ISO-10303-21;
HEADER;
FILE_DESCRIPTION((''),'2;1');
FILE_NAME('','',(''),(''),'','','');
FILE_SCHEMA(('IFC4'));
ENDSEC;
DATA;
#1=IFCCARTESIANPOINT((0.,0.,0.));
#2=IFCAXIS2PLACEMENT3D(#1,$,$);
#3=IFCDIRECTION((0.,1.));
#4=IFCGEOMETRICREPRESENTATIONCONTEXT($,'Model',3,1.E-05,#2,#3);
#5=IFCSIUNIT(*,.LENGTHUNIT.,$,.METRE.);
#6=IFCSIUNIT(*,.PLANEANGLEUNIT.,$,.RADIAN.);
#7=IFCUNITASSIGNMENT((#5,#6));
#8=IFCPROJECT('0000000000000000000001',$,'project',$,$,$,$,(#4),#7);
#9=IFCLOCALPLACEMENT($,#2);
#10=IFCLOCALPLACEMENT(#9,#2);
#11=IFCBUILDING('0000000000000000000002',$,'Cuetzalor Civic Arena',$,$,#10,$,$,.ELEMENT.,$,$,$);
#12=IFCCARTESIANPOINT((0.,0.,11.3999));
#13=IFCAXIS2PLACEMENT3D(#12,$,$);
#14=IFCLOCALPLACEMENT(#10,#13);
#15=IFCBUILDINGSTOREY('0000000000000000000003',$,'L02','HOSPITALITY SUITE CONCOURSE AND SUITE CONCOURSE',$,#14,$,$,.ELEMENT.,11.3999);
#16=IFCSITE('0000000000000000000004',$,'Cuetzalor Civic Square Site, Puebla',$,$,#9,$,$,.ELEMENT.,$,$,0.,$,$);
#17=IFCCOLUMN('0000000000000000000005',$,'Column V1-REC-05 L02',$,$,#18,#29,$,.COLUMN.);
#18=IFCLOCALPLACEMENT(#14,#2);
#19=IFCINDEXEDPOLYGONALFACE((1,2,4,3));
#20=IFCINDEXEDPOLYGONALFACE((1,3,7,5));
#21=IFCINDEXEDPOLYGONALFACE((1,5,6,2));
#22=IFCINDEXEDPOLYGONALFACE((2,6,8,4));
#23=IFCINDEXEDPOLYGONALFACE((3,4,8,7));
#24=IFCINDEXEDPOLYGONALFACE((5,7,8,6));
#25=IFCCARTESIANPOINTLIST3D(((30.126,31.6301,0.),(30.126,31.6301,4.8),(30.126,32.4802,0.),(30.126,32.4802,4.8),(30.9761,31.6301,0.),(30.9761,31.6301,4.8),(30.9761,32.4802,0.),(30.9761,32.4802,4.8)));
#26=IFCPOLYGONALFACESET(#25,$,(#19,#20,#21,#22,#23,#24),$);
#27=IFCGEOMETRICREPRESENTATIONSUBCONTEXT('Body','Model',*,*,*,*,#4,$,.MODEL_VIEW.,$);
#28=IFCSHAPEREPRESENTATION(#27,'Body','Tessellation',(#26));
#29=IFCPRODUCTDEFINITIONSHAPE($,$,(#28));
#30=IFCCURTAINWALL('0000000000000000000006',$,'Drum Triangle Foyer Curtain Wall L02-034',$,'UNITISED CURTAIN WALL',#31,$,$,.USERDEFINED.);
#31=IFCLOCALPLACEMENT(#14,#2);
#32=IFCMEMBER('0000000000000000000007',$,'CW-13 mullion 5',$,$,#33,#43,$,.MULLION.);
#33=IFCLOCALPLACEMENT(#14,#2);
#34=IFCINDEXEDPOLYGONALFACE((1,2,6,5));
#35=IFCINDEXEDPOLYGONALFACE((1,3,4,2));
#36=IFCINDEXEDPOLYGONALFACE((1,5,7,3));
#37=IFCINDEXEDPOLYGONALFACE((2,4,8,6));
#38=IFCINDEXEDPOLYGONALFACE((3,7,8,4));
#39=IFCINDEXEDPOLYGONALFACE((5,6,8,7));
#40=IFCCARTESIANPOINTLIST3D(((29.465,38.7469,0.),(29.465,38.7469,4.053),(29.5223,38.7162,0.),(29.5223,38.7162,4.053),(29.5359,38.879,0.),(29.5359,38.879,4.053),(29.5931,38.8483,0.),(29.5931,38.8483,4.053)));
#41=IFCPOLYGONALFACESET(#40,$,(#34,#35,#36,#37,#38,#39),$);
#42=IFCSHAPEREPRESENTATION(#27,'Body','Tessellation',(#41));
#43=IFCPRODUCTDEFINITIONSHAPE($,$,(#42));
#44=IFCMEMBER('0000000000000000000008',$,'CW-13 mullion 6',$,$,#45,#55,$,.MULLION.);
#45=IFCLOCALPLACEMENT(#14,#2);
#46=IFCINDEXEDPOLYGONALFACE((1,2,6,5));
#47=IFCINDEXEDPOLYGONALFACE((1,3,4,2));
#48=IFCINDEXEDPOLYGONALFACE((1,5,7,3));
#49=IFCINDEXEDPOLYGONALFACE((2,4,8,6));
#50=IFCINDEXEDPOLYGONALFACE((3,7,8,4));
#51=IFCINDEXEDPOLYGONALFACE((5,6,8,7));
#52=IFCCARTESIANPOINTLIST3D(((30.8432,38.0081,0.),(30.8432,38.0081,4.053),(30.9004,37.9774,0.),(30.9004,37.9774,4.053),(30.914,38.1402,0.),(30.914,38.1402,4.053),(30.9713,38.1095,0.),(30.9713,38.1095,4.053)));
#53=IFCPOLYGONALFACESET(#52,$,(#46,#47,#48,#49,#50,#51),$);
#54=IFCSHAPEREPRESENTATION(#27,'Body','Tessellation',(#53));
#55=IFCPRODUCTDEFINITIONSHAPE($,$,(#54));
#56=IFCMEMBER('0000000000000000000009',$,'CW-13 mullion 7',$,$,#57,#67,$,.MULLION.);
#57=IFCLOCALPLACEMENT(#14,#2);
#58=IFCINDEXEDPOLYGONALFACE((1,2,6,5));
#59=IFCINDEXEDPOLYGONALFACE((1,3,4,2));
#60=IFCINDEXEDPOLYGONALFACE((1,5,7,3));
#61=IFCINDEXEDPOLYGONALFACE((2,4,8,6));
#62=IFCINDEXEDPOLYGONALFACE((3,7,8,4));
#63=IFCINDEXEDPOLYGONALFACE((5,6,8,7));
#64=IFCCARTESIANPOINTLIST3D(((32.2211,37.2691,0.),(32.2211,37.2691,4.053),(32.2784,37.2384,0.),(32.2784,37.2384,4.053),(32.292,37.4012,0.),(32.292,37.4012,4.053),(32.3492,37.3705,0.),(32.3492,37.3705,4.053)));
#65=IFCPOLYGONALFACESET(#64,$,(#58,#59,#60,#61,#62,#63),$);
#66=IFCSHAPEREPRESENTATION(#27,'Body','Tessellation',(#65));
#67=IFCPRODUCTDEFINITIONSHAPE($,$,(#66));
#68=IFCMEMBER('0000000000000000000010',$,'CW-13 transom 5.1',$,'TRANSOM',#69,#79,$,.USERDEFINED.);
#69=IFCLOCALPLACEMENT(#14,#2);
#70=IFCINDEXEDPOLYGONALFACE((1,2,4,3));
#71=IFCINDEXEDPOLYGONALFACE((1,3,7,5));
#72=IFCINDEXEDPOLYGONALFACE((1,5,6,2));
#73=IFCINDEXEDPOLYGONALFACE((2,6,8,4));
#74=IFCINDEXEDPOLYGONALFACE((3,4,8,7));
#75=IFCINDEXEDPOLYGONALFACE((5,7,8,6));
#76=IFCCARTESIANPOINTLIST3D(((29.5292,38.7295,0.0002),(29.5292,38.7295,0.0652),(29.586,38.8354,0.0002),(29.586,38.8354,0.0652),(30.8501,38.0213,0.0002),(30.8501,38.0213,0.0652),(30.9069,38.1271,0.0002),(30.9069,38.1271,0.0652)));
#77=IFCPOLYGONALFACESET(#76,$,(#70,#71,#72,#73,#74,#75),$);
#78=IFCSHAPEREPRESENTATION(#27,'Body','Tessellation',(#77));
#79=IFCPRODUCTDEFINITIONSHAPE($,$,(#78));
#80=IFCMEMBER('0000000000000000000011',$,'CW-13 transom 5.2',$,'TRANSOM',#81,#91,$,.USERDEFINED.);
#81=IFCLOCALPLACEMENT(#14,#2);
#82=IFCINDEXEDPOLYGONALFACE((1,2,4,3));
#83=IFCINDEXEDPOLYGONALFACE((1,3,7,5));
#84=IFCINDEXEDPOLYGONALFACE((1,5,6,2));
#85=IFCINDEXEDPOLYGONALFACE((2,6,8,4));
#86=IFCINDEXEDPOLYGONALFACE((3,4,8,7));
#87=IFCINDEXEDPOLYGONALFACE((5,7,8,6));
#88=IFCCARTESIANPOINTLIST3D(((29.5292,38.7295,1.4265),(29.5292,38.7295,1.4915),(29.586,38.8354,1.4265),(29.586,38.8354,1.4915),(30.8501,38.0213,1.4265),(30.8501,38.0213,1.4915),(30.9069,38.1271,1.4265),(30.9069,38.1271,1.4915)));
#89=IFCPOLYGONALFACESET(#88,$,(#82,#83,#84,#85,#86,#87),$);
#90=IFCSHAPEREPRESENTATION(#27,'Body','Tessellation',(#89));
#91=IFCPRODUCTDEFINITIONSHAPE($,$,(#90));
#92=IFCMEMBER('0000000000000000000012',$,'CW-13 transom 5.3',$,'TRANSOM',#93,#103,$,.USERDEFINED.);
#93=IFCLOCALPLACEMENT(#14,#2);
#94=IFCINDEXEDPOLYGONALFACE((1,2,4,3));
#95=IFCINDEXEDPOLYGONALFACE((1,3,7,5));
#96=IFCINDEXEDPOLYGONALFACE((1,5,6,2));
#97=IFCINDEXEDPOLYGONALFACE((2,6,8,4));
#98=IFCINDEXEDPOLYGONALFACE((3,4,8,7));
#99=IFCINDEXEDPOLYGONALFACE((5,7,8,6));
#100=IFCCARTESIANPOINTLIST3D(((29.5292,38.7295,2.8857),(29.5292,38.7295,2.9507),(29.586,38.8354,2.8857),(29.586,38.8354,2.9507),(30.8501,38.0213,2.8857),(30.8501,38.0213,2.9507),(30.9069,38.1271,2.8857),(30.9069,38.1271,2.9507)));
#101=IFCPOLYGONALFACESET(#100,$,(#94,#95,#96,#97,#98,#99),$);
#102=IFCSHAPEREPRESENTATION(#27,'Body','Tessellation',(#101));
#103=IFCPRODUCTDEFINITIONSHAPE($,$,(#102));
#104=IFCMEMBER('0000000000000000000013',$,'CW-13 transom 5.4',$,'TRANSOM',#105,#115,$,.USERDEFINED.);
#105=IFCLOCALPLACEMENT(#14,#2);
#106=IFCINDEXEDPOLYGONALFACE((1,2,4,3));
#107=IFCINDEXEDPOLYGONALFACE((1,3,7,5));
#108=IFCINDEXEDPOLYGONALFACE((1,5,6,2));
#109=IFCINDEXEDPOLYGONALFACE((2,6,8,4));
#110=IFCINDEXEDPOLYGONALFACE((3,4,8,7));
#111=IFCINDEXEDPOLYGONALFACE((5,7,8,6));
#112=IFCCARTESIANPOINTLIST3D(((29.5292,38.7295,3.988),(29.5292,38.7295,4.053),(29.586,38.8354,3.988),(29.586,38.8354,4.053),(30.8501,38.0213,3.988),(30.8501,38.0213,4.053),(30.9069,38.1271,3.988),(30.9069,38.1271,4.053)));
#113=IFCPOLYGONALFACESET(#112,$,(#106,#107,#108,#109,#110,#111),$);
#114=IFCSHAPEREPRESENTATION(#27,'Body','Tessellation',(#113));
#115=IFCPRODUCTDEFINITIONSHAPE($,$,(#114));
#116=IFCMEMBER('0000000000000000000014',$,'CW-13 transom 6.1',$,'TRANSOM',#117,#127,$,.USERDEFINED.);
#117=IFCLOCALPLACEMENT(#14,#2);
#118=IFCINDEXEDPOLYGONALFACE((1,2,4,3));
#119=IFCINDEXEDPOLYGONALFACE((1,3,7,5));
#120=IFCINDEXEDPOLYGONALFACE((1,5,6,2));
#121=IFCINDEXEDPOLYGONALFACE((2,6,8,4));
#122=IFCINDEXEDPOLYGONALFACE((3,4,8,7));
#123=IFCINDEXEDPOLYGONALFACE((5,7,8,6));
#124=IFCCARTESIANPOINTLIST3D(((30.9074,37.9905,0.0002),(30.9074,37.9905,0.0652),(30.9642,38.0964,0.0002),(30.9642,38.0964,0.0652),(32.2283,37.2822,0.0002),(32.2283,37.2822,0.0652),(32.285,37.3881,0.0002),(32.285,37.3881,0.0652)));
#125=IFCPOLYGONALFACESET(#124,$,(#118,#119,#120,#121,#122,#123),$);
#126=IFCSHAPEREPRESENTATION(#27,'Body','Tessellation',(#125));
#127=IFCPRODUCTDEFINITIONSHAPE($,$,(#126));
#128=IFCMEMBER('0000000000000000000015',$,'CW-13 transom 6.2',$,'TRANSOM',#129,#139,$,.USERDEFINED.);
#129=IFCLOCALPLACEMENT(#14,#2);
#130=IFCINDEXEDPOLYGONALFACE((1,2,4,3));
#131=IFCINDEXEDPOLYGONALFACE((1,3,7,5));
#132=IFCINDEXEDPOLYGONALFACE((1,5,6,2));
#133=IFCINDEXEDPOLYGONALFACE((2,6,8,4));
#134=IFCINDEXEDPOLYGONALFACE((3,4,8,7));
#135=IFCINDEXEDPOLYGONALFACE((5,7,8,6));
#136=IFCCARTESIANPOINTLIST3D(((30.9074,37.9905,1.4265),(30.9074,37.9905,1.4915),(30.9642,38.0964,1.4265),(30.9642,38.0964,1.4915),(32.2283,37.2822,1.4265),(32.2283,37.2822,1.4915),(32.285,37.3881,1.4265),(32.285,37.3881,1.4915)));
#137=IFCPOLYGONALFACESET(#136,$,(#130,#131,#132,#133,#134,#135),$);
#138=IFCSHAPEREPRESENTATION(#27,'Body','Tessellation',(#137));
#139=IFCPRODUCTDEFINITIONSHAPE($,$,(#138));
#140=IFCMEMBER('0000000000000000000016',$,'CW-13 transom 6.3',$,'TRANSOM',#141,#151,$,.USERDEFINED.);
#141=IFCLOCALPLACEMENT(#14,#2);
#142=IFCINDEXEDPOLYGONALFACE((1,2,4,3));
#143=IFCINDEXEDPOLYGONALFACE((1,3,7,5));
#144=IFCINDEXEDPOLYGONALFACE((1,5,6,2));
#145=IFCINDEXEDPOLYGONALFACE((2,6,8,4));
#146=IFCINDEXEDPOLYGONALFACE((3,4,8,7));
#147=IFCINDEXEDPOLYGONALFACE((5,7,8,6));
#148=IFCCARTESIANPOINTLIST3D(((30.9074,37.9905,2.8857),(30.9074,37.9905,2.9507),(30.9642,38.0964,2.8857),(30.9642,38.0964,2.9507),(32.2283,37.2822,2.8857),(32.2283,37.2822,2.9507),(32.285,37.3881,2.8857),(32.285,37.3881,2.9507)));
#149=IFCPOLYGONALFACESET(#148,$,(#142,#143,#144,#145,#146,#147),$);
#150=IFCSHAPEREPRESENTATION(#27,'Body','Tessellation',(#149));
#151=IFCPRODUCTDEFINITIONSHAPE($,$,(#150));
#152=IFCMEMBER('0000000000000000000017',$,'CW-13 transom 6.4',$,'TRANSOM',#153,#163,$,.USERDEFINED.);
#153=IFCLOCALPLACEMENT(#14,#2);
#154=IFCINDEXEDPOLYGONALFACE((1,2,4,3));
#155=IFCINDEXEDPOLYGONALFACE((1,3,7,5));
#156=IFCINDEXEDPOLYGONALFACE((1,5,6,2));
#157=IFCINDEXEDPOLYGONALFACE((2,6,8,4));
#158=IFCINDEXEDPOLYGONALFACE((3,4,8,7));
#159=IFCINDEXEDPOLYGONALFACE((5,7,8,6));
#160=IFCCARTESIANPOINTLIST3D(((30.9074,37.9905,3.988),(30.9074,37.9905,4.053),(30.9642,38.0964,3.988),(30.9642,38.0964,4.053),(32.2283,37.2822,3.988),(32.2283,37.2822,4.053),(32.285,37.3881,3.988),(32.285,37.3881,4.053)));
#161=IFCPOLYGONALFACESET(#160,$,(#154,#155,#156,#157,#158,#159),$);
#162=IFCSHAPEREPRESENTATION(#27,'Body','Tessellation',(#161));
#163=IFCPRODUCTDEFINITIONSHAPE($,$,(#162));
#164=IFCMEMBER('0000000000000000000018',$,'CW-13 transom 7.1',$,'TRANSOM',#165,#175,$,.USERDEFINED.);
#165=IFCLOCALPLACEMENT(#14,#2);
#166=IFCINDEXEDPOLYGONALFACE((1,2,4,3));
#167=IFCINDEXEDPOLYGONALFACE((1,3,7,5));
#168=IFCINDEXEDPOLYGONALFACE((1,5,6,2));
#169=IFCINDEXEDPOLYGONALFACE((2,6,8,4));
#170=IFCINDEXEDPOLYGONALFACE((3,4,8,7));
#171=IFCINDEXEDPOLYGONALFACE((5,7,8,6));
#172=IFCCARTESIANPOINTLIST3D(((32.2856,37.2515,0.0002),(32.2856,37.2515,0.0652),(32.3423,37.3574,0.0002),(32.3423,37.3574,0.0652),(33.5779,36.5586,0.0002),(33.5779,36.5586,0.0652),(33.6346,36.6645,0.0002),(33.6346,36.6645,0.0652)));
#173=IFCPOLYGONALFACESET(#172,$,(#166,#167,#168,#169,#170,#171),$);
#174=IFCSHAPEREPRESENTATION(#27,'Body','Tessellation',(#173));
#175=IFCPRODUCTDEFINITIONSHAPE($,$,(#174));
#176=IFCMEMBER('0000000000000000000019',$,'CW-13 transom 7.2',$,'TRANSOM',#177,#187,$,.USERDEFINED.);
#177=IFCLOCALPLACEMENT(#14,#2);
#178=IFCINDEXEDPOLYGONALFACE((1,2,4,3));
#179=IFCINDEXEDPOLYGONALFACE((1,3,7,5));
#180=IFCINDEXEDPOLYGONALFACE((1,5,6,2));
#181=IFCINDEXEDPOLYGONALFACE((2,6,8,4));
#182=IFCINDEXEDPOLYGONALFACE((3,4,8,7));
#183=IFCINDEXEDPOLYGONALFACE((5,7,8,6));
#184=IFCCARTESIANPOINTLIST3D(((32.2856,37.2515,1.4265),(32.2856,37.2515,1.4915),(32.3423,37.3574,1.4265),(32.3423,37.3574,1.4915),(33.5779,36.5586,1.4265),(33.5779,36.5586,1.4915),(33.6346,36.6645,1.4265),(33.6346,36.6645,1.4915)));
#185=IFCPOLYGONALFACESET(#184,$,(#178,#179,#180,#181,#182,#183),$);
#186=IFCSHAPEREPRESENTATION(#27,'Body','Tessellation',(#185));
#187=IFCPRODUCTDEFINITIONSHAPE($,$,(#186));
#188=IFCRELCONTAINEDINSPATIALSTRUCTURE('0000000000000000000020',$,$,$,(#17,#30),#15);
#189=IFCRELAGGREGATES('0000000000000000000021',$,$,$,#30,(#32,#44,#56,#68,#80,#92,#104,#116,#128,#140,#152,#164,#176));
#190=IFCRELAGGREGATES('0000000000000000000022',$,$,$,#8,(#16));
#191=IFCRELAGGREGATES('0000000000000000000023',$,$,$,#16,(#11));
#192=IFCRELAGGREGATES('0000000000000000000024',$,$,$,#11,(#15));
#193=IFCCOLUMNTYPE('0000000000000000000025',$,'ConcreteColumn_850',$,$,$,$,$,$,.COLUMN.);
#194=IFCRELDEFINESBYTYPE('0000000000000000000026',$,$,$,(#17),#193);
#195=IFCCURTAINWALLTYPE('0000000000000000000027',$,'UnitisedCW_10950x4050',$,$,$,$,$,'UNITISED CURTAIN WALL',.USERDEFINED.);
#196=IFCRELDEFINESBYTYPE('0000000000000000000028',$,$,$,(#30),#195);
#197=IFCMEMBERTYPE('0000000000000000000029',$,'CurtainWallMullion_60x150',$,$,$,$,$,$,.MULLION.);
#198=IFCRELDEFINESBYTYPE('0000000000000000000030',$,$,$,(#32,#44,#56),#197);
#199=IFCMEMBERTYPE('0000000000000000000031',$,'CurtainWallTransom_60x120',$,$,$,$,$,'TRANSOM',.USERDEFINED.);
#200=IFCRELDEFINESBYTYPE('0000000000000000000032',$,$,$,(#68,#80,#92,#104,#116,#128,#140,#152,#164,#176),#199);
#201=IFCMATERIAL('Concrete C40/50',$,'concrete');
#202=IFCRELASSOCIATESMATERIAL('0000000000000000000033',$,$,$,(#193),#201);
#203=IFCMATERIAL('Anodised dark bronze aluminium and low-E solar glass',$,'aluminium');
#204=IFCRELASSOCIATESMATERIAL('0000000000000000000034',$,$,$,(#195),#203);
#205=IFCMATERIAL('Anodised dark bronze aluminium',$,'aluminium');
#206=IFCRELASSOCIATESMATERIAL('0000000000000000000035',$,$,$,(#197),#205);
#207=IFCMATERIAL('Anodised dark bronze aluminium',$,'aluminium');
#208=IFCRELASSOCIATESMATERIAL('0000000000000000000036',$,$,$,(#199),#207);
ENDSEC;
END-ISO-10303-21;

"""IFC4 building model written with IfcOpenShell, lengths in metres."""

from ifc_helpers import new_model, si_unit, direction, frame, origin, origin_2d, place, context, subcontext, project, spatial, rectangle, extrude, material, material_profile, profile_set, type_object, element, aggregate, save


model = new_model("IFC4")

# Units and contexts
model_context = context("Model", 3, precision=1e-05, world=origin(), true_north=direction((0.0, 1.0)))
body_context = subcontext(model_context, "Body", "Model", "MODEL_VIEW")
ifc_project = project(units=[si_unit("LENGTHUNIT", "METRE"), si_unit("PLANEANGLEUNIT", "RADIAN")], contexts=[model_context])

# Site, building, storey
site_placement = place(None, origin())
site = spatial("IfcSite", under=ifc_project, at=site_placement, Name="Cuetzalor Civic Square Site, Puebla", CompositionType="ELEMENT", RefElevation=0.0)
building_placement = place(site_placement, origin())
building = spatial("IfcBuilding", under=site, at=building_placement, Name="Cuetzalor Civic Arena", CompositionType="ELEMENT")
storey_placement = place(building_placement, frame((0.0, 0.0, 11.3999)))
storey = spatial("IfcBuildingStorey", under=building, at=storey_placement, Name="L02", Description="HOSPITALITY SUITE CONCOURSE AND SUITE CONCOURSE", CompositionType="ELEMENT", Elevation=11.3999)

# Column
ifc_material_1 = material(Name="Concrete C40/50", Category="concrete")
ifc_material_profile_1 = material_profile(ifc_material_1, rectangle(XDim=0.8501, YDim=0.8501, at=origin_2d()), Name="RC 850x850")
ifc_profile_set_1 = profile_set([ifc_material_profile_1], Name="Concrete C40/50")
column_type = type_object("IfcColumnType", Name="ConcreteColumn_850", PredefinedType="COLUMN", material=ifc_profile_set_1)
column_placement = place(storey_placement, frame((30.551, 32.0552, 0.0), z_axis=(0.0, 0.0, 1.0), x_axis=(1.0, 0.0, 0.0)))
element("IfcColumn", 1, at=column_placement, inside=storey, type_object=column_type, Name="Column V1-REC-05 L02", PredefinedType="COLUMN", context=body_context, shape_type="SweptSolid", body=[
    extrude(rectangle(XDim=0.8501, YDim=0.8501, at=origin_2d()), origin(), (0.0, 0.0, 1.0), 4.8),
])

# Curtain wall, members
ifc_material_2 = material(Name="Anodised dark bronze aluminium and low-E solar glass", Category="aluminium")
curtain_wall_type = type_object("IfcCurtainWallType", Name="UnitisedCW_10950x4050", ElementType="UNITISED CURTAIN WALL", PredefinedType="USERDEFINED", material=ifc_material_2)
curtain_wall_placement = place(storey_placement, origin())
curtain_wall = element("IfcCurtainWall", 2, at=curtain_wall_placement, inside=storey, type_object=curtain_wall_type, Name="Drum Triangle Foyer Curtain Wall L02-034", ObjectType="UNITISED CURTAIN WALL", PredefinedType="USERDEFINED")
ifc_material_3 = material(Name="Anodised dark bronze aluminium", Category="aluminium")
ifc_material_profile_2 = material_profile(ifc_material_3, rectangle(XDim=0.0649, YDim=0.1499, at=origin_2d()), Name="ALU MULLION 65x150")
ifc_profile_set_2 = profile_set([ifc_material_profile_2], Name="Anodised dark bronze aluminium")
member_type_1 = type_object("IfcMemberType", Name="CurtainWallMullion_60x150", PredefinedType="MULLION", material=ifc_profile_set_2)
member_1_placement = place(storey_placement, frame((29.5291, 38.7976, 0.0), z_axis=(0.0, 0.0, 1.0), x_axis=(0.881306, -0.472545, 0.0)))
member_1 = element("IfcMember", 3, at=member_1_placement, type_object=member_type_1, Name="CW-13 mullion 5", PredefinedType="MULLION", context=body_context, shape_type="SweptSolid", body=[
    extrude(rectangle(XDim=0.0649, YDim=0.1499, at=origin_2d()), origin(), (0.0, 0.0, 1.0), 4.053),
])
member_2_placement = place(storey_placement, frame((30.9072, 38.0588, 0.0), z_axis=(0.0, 0.0, 1.0), x_axis=(0.881306, -0.472545, 0.0)))
member_2 = element("IfcMember", 4, at=member_2_placement, type_object=member_type_1, Name="CW-13 mullion 6", PredefinedType="MULLION", context=body_context, shape_type="SweptSolid", body=[
    extrude(rectangle(XDim=0.0649, YDim=0.1499, at=origin_2d()), origin(), (0.0, 0.0, 1.0), 4.053),
])
member_3_placement = place(storey_placement, frame((32.2852, 37.3198, 0.0), z_axis=(0.0, 0.0, 1.0), x_axis=(0.881306, -0.472545, 0.0)))
member_3 = element("IfcMember", 5, at=member_3_placement, type_object=member_type_1, Name="CW-13 mullion 7", PredefinedType="MULLION", context=body_context, shape_type="SweptSolid", body=[
    extrude(rectangle(XDim=0.0649, YDim=0.1499, at=origin_2d()), origin(), (0.0, 0.0, 1.0), 4.053),
])
ifc_material_4 = material(Name="Anodised dark bronze aluminium", Category="aluminium")
ifc_material_profile_3 = material_profile(ifc_material_4, rectangle(XDim=0.1201, YDim=0.0649, at=origin_2d()), Name="ALU TRANSOM 65x120")
ifc_profile_set_3 = profile_set([ifc_material_profile_3], Name="Anodised dark bronze aluminium")
member_type_2 = type_object("IfcMemberType", Name="CurtainWallTransom_60x120", ElementType="TRANSOM", PredefinedType="USERDEFINED", material=ifc_profile_set_3)
member_4_placement = place(storey_placement, frame((29.5576, 38.7825, 0.0327), z_axis=(0.881291, -0.472574, 0.0), x_axis=(0.472574, 0.881291, 0.0)))
member_4 = element("IfcMember", 6, at=member_4_placement, type_object=member_type_2, Name="CW-13 transom 5.1", ObjectType="TRANSOM", PredefinedType="USERDEFINED", context=body_context, shape_type="SweptSolid", body=[
    extrude(rectangle(XDim=0.1201, YDim=0.0649, at=origin_2d()), origin(), (0.0, 0.0, 1.0), 1.4988),
])
member_5_placement = place(storey_placement, frame((29.5576, 38.7825, 1.459), z_axis=(0.881291, -0.472574, 0.0), x_axis=(0.472574, 0.881291, 0.0)))
member_5 = element("IfcMember", 7, at=member_5_placement, type_object=member_type_2, Name="CW-13 transom 5.2", ObjectType="TRANSOM", PredefinedType="USERDEFINED", context=body_context, shape_type="SweptSolid", body=[
    extrude(rectangle(XDim=0.1201, YDim=0.0649, at=origin_2d()), origin(), (0.0, 0.0, 1.0), 1.4988),
])
member_6_placement = place(storey_placement, frame((29.5576, 38.7825, 2.9182), z_axis=(0.881291, -0.472574, 0.0), x_axis=(0.472574, 0.881291, 0.0)))
member_6 = element("IfcMember", 8, at=member_6_placement, type_object=member_type_2, Name="CW-13 transom 5.3", ObjectType="TRANSOM", PredefinedType="USERDEFINED", context=body_context, shape_type="SweptSolid", body=[
    extrude(rectangle(XDim=0.1201, YDim=0.0649, at=origin_2d()), origin(), (0.0, 0.0, 1.0), 1.4988),
])
member_7_placement = place(storey_placement, frame((29.5576, 38.7825, 4.0205), z_axis=(0.881291, -0.472574, 0.0), x_axis=(0.472574, 0.881291, 0.0)))
member_7 = element("IfcMember", 9, at=member_7_placement, type_object=member_type_2, Name="CW-13 transom 5.4", ObjectType="TRANSOM", PredefinedType="USERDEFINED", context=body_context, shape_type="SweptSolid", body=[
    extrude(rectangle(XDim=0.1201, YDim=0.0649, at=origin_2d()), origin(), (0.0, 0.0, 1.0), 1.4988),
])
member_8_placement = place(storey_placement, frame((30.9358, 38.0435, 0.0327), z_axis=(0.881291, -0.472574, 0.0), x_axis=(0.472574, 0.881291, 0.0)))
member_8 = element("IfcMember", 10, at=member_8_placement, type_object=member_type_2, Name="CW-13 transom 6.1", ObjectType="TRANSOM", PredefinedType="USERDEFINED", context=body_context, shape_type="SweptSolid", body=[
    extrude(rectangle(XDim=0.1201, YDim=0.0649, at=origin_2d()), origin(), (0.0, 0.0, 1.0), 1.4988),
])
member_9_placement = place(storey_placement, frame((30.9358, 38.0435, 1.459), z_axis=(0.881291, -0.472574, 0.0), x_axis=(0.472574, 0.881291, 0.0)))
member_9 = element("IfcMember", 11, at=member_9_placement, type_object=member_type_2, Name="CW-13 transom 6.2", ObjectType="TRANSOM", PredefinedType="USERDEFINED", context=body_context, shape_type="SweptSolid", body=[
    extrude(rectangle(XDim=0.1201, YDim=0.0649, at=origin_2d()), origin(), (0.0, 0.0, 1.0), 1.4988),
])
member_10_placement = place(storey_placement, frame((30.9358, 38.0435, 2.9182), z_axis=(0.881291, -0.472574, 0.0), x_axis=(0.472574, 0.881291, 0.0)))
member_10 = element("IfcMember", 12, at=member_10_placement, type_object=member_type_2, Name="CW-13 transom 6.3", ObjectType="TRANSOM", PredefinedType="USERDEFINED", context=body_context, shape_type="SweptSolid", body=[
    extrude(rectangle(XDim=0.1201, YDim=0.0649, at=origin_2d()), origin(), (0.0, 0.0, 1.0), 1.4988),
])
member_11_placement = place(storey_placement, frame((30.9358, 38.0435, 4.0205), z_axis=(0.881291, -0.472574, 0.0), x_axis=(0.472574, 0.881291, 0.0)))
member_11 = element("IfcMember", 13, at=member_11_placement, type_object=member_type_2, Name="CW-13 transom 6.4", ObjectType="TRANSOM", PredefinedType="USERDEFINED", context=body_context, shape_type="SweptSolid", body=[
    extrude(rectangle(XDim=0.1201, YDim=0.0649, at=origin_2d()), origin(), (0.0, 0.0, 1.0), 1.4988),
])
member_12_placement = place(storey_placement, frame((32.314, 37.3044, 0.0327), z_axis=(0.881309, -0.47254, 0.0), x_axis=(0.47254, 0.881309, 0.0)))
member_12 = element("IfcMember", 14, at=member_12_placement, type_object=member_type_2, Name="CW-13 transom 7.1", ObjectType="TRANSOM", PredefinedType="USERDEFINED", context=body_context, shape_type="SweptSolid", body=[
    extrude(rectangle(XDim=0.1201, YDim=0.0649, at=origin_2d()), origin(), (0.0, 0.0, 1.0), 1.4663),
])
member_13_placement = place(storey_placement, frame((32.314, 37.3044, 1.459), z_axis=(0.881309, -0.47254, 0.0), x_axis=(0.47254, 0.881309, 0.0)))
member_13 = element("IfcMember", 15, at=member_13_placement, type_object=member_type_2, Name="CW-13 transom 7.2", ObjectType="TRANSOM", PredefinedType="USERDEFINED", context=body_context, shape_type="SweptSolid", body=[
    extrude(rectangle(XDim=0.1201, YDim=0.0649, at=origin_2d()), origin(), (0.0, 0.0, 1.0), 1.4663),
])

aggregate(curtain_wall, [member_1, member_2, member_3, member_4, member_5, member_6, member_7, member_8, member_9, member_10, member_11, member_12, member_13])

save(model, "model.ifc")
